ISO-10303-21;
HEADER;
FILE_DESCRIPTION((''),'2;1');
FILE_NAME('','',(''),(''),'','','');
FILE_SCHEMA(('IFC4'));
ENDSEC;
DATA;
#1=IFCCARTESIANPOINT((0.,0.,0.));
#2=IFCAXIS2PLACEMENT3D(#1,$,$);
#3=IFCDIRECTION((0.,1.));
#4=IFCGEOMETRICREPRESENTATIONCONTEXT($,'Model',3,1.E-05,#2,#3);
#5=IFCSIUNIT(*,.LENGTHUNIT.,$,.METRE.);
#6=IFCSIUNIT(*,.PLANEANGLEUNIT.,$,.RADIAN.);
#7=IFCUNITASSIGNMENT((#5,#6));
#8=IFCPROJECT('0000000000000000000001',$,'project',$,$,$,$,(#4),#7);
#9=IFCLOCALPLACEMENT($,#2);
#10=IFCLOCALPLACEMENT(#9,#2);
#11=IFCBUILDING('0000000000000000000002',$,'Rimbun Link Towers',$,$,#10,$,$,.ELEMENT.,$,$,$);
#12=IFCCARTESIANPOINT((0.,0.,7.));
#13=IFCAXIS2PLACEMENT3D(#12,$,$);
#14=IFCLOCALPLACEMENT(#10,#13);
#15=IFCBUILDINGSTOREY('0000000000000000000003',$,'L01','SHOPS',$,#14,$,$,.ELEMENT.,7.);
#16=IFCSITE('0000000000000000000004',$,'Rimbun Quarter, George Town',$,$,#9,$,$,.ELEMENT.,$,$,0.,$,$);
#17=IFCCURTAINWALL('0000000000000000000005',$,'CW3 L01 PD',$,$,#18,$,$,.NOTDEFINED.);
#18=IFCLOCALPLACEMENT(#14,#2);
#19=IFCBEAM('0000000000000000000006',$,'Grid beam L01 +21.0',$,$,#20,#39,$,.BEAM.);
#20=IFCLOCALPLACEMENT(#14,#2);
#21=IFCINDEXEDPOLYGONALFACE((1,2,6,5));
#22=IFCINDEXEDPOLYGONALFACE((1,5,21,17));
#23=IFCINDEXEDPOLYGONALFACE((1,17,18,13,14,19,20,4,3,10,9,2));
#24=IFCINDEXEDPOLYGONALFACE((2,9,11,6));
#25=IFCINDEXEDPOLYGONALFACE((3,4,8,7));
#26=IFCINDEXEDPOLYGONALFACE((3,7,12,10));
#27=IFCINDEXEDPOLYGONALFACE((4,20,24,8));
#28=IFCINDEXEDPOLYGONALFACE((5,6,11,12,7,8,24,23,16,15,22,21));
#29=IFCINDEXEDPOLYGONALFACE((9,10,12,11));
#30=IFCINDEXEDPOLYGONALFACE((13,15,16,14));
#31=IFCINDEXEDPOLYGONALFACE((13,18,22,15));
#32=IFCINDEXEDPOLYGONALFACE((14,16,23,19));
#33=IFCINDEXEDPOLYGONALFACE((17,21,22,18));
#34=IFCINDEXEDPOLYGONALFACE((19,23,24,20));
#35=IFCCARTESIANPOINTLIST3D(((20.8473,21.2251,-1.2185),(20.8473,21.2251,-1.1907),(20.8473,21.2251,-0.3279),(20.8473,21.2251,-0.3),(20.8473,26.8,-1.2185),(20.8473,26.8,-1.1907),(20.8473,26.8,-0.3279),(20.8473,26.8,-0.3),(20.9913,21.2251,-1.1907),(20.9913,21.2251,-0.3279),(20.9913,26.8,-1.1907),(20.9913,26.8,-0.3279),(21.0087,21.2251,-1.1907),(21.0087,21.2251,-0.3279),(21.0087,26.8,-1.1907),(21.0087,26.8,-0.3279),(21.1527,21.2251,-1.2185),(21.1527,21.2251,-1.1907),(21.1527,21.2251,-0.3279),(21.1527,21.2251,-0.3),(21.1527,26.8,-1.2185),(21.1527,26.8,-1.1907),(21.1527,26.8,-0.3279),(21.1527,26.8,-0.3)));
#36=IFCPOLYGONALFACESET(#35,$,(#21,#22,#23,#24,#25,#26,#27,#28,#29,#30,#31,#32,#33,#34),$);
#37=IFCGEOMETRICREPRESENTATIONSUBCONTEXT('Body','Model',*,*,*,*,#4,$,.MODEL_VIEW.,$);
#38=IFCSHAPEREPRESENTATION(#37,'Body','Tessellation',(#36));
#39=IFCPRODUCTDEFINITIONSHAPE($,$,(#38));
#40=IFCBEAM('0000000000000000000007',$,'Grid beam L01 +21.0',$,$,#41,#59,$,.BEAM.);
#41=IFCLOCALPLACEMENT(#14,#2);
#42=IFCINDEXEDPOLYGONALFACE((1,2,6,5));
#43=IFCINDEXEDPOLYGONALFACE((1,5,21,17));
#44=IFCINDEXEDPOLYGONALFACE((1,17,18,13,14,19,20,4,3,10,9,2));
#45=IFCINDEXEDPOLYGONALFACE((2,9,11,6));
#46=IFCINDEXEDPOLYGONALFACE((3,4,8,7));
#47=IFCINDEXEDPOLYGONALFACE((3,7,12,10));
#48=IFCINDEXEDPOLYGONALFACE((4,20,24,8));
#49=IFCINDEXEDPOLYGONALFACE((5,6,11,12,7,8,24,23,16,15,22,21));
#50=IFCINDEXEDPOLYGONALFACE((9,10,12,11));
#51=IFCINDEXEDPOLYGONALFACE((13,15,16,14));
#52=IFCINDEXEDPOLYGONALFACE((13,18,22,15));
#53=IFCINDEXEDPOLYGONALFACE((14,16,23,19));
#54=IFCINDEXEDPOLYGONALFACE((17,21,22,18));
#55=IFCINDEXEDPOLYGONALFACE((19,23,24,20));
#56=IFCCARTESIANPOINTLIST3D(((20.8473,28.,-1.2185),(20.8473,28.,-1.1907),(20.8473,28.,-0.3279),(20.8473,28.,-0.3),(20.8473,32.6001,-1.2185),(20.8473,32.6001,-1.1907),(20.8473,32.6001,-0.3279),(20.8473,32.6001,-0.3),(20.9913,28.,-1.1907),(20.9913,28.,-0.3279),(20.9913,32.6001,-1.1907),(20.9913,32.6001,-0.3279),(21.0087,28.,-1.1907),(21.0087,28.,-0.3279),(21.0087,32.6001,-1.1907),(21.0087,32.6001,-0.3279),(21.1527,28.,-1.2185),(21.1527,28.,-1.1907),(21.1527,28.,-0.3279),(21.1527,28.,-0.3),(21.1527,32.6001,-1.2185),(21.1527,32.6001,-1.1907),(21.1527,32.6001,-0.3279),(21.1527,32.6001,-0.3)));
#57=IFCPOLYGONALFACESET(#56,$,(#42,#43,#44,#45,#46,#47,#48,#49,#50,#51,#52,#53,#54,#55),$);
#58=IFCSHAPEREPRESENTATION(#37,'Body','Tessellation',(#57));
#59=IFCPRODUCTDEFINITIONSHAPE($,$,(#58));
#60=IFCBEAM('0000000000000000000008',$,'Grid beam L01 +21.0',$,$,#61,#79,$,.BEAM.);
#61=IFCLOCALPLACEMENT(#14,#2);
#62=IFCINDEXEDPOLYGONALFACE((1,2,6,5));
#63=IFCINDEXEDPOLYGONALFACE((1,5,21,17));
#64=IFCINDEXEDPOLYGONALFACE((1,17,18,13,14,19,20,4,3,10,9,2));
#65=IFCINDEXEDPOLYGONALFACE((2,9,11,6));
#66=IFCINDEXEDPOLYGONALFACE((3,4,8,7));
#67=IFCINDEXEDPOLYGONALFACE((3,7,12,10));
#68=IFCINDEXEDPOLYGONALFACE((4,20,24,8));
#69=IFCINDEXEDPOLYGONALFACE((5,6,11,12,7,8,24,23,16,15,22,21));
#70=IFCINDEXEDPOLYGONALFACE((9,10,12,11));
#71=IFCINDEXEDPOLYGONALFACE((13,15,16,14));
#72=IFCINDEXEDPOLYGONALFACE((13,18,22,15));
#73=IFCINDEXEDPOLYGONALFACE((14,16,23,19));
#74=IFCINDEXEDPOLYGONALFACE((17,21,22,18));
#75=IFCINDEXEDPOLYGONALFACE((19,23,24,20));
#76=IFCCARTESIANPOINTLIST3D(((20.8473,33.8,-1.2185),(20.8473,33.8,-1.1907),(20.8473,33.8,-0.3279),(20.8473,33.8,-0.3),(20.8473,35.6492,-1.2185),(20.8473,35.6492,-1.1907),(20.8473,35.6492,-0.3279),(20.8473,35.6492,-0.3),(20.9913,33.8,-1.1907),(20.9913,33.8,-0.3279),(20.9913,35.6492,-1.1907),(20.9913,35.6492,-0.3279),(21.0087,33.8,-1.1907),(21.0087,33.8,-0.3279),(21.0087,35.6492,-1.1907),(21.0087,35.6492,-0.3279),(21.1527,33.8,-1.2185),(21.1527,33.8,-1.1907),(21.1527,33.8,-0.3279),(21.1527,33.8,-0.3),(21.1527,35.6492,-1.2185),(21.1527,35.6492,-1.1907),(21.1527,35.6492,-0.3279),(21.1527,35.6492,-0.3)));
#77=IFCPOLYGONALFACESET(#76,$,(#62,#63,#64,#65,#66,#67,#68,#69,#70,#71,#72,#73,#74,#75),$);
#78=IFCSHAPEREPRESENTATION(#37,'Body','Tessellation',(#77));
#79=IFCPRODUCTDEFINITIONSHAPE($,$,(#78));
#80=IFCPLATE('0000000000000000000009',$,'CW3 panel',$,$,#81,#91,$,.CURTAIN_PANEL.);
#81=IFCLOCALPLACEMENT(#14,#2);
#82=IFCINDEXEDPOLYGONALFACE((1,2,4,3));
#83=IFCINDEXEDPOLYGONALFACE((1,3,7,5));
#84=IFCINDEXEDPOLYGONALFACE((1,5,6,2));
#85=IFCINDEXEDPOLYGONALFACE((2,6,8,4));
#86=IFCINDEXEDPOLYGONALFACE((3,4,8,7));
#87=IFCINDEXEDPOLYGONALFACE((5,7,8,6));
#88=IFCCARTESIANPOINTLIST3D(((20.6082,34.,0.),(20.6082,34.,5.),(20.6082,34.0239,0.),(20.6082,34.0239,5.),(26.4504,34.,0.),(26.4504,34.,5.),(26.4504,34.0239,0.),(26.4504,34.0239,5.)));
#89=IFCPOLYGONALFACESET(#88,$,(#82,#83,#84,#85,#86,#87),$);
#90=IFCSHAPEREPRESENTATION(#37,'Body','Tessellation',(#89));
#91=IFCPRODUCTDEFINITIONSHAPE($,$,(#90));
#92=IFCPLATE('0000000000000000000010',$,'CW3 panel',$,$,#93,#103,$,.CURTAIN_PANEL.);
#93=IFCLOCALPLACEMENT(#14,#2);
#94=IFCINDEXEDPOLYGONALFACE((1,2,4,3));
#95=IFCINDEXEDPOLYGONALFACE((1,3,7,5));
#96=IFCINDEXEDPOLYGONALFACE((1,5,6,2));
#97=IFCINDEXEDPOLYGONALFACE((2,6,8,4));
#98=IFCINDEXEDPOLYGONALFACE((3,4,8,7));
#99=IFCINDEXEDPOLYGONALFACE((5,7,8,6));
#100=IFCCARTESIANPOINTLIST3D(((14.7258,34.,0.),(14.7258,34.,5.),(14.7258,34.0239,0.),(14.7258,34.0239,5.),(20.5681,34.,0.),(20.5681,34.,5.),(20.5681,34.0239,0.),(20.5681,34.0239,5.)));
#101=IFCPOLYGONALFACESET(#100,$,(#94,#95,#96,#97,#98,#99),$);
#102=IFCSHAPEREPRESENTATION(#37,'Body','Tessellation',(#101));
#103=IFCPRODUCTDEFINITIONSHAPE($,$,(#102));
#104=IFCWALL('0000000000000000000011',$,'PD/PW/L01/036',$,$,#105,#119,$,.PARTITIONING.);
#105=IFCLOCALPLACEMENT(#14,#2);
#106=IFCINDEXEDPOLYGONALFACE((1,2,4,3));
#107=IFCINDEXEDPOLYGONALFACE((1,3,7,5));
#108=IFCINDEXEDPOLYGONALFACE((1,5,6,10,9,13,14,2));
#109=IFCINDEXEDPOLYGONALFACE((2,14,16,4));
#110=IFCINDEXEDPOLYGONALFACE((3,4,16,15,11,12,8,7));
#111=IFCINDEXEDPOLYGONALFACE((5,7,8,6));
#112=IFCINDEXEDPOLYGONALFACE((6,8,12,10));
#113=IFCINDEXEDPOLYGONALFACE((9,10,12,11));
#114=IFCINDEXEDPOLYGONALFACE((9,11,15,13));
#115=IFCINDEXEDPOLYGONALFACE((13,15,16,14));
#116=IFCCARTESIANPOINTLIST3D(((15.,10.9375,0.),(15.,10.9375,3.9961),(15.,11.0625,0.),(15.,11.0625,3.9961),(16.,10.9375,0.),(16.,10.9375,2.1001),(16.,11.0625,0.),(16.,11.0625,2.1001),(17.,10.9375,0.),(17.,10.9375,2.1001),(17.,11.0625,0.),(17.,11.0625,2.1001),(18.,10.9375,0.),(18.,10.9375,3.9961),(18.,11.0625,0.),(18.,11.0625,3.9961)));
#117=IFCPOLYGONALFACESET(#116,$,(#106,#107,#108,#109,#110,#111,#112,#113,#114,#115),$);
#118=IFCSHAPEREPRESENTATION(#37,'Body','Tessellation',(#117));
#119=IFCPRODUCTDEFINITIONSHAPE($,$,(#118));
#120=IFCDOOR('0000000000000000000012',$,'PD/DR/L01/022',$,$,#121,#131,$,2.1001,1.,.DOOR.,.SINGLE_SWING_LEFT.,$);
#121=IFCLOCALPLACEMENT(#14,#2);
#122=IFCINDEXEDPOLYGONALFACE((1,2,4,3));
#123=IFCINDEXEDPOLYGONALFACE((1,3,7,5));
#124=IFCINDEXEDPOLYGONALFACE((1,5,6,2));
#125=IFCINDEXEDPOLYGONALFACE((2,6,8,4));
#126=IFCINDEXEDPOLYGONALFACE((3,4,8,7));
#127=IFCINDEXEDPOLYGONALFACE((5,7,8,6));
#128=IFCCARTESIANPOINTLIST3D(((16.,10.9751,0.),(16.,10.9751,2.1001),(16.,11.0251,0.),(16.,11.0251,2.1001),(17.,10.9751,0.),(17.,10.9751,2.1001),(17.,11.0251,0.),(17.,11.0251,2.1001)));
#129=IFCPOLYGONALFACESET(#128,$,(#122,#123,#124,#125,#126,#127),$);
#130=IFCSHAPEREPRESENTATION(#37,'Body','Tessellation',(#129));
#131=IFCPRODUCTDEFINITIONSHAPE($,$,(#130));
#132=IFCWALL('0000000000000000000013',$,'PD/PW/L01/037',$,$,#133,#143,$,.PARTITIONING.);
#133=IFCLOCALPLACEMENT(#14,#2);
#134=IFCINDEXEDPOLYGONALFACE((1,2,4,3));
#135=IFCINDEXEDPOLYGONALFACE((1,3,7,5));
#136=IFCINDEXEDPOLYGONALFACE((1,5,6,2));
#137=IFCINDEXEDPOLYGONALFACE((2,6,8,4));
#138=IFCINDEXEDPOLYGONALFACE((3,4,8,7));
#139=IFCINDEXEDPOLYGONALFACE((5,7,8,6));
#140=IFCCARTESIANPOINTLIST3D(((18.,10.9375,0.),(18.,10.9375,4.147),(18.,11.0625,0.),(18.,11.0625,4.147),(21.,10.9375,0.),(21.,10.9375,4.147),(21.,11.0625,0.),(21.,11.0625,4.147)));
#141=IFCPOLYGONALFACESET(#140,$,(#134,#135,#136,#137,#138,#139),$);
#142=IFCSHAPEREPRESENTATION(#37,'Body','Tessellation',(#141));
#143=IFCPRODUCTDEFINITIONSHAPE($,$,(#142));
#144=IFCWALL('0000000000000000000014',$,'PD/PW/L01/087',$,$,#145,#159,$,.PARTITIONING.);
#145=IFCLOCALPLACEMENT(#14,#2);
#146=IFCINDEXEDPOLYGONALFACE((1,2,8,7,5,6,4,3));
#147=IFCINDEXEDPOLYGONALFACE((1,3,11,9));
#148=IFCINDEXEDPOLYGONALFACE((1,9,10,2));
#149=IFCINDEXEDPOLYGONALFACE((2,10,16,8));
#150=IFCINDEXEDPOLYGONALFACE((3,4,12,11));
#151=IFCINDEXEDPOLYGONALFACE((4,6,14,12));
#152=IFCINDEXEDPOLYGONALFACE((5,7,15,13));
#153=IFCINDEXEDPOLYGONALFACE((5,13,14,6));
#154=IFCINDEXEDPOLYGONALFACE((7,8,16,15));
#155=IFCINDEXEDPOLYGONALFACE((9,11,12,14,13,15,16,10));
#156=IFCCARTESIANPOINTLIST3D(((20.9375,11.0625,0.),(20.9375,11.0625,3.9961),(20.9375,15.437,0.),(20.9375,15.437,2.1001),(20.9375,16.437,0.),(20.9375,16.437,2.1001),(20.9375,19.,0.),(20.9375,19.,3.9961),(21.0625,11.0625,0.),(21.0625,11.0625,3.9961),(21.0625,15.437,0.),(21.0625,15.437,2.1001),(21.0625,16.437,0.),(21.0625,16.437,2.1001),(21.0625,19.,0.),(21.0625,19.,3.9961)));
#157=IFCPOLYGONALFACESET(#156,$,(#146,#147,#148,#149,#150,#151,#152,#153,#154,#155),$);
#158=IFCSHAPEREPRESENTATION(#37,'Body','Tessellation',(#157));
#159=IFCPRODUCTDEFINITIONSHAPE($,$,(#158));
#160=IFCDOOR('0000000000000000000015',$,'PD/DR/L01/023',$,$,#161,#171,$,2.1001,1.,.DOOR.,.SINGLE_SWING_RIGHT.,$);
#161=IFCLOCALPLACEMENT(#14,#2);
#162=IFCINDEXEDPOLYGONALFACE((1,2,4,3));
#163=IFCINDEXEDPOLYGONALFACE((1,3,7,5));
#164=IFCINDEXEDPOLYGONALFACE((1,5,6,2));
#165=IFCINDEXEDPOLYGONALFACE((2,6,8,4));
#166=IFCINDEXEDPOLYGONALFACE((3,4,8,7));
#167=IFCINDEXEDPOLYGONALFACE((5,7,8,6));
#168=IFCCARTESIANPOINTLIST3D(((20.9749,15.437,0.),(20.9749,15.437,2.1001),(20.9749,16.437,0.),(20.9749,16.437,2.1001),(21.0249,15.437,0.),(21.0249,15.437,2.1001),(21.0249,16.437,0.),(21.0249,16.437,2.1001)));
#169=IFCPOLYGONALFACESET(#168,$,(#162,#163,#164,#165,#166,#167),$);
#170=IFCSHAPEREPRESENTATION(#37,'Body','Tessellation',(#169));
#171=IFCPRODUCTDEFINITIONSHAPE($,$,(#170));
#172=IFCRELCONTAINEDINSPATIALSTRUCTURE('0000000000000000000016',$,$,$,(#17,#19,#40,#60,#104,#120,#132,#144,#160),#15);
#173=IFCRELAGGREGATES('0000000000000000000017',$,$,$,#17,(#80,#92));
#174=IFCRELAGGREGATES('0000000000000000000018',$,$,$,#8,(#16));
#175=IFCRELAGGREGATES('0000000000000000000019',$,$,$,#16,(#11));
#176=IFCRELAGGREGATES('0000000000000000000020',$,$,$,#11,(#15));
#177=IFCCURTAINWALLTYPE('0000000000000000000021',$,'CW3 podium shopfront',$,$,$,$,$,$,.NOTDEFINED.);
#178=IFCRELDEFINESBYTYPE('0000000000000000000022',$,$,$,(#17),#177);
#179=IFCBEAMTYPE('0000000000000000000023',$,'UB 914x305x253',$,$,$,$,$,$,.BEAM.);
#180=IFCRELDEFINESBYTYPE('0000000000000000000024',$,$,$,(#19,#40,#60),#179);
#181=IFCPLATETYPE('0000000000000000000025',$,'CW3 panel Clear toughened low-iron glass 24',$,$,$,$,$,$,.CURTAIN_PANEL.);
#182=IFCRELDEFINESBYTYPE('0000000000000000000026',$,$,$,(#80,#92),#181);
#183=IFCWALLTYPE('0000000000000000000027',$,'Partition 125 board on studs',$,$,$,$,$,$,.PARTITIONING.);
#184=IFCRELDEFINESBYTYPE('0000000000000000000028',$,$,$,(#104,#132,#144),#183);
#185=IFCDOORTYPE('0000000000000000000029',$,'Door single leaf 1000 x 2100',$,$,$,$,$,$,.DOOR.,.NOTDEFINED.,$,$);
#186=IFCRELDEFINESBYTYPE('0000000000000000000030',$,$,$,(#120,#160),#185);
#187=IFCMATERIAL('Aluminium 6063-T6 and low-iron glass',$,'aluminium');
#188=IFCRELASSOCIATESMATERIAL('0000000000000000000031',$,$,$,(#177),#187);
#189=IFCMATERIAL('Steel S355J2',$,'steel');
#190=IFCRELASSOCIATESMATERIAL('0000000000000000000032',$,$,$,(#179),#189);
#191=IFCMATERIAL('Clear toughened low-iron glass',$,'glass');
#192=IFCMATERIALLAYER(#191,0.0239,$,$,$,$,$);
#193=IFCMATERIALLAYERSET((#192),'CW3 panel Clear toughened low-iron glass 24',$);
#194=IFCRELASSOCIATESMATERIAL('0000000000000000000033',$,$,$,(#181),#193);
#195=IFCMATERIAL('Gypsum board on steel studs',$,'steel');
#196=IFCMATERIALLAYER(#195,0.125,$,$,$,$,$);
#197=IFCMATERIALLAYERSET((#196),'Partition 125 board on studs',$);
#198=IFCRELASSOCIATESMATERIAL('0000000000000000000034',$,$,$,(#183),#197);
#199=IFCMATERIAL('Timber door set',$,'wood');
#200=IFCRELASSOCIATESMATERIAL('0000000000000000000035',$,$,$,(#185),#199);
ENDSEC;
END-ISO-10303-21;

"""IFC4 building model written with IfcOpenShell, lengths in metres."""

from ifc_helpers import new_model, si_unit, direction, frame, frame_2d, origin, origin_2d, place, context, subcontext, project, spatial, rectangle, i_section, extrude, material, layer, layer_set, material_profile, profile_set, type_object, element, fill, aggregate, save


model = new_model("IFC4")

# Units and contexts
model_context = context("Model", 3, precision=1e-05, world=origin(), true_north=direction((0.0, 1.0)))
body_context = subcontext(model_context, "Body", "Model", "MODEL_VIEW")
ifc_project = project(units=[si_unit("LENGTHUNIT", "METRE"), si_unit("PLANEANGLEUNIT", "RADIAN")], contexts=[model_context])

# Site, building, storey
site_placement = place(None, origin())
site = spatial("IfcSite", under=ifc_project, at=site_placement, Name="Rimbun Quarter, George Town", CompositionType="ELEMENT", RefElevation=0.0)
building_placement = place(site_placement, origin())
building = spatial("IfcBuilding", under=site, at=building_placement, Name="Rimbun Link Towers", CompositionType="ELEMENT")
storey_placement = place(building_placement, frame((0.0, 0.0, 7.0)))
storey = spatial("IfcBuildingStorey", under=building, at=storey_placement, Name="L01", Description="SHOPS", CompositionType="ELEMENT", Elevation=7.0)

# Curtain wall
ifc_material_1 = material(Name="Aluminium 6063-T6 and low-iron glass", Category="aluminium")
curtain_wall_type = type_object("IfcCurtainWallType", Name="CW3 podium shopfront", PredefinedType="NOTDEFINED", material=ifc_material_1)
curtain_wall_placement = place(storey_placement, origin())
curtain_wall = element("IfcCurtainWall", 1, at=curtain_wall_placement, inside=storey, type_object=curtain_wall_type, Name="CW3 L01 PD", PredefinedType="NOTDEFINED")

# Beams
ifc_material_2 = material(Name="Steel S355J2", Category="steel")
ifc_material_profile_1 = material_profile(ifc_material_2, i_section(OverallWidth=0.3054, OverallDepth=0.9185, WebThickness=0.0173, FlangeThickness=0.0278, at=origin_2d()), Name="UB 914x305x253")
ifc_profile_set_1 = profile_set([ifc_material_profile_1], Name="Steel S355J2")
beam_type_1 = type_object("IfcBeamType", Name="UB 914x305x253", PredefinedType="BEAM", material=ifc_profile_set_1)
beam_1_placement = place(storey_placement, frame((21.0, 21.2251, -0.7593), z_axis=(0.0, 1.0, 0.0), x_axis=(-1.0, 0.0, 0.0)))
element("IfcBeam", 2, at=beam_1_placement, inside=storey, type_object=beam_type_1, Name="Grid beam L01 +21.0", PredefinedType="BEAM", context=body_context, shape_type="SweptSolid", body=[
    extrude(i_section(OverallWidth=0.3054, OverallDepth=0.9185, WebThickness=0.0173, FlangeThickness=0.0278, at=origin_2d()), origin(), (0.0, 0.0, 1.0), 5.575),
])
beam_2_placement = place(storey_placement, frame((21.0, 28.0, -0.7593), z_axis=(0.0, 1.0, 0.0), x_axis=(-1.0, 0.0, 0.0)))
element("IfcBeam", 3, at=beam_2_placement, inside=storey, type_object=beam_type_1, Name="Grid beam L01 +21.0", PredefinedType="BEAM", context=body_context, shape_type="SweptSolid", body=[
    extrude(i_section(OverallWidth=0.3054, OverallDepth=0.9185, WebThickness=0.0173, FlangeThickness=0.0278, at=origin_2d()), origin(), (0.0, 0.0, 1.0), 4.6001),
])
beam_3_placement = place(storey_placement, frame((21.0, 33.8, -0.7593), z_axis=(0.0, 1.0, 0.0), x_axis=(-1.0, 0.0, 0.0)))
element("IfcBeam", 4, at=beam_3_placement, inside=storey, type_object=beam_type_1, Name="Grid beam L01 +21.0", PredefinedType="BEAM", context=body_context, shape_type="SweptSolid", body=[
    extrude(i_section(OverallWidth=0.3054, OverallDepth=0.9185, WebThickness=0.0173, FlangeThickness=0.0278, at=origin_2d()), origin(), (0.0, 0.0, 1.0), 1.8491),
])

# Plates
ifc_material_3 = material(Name="Clear toughened low-iron glass", Category="glass")
ifc_layer_1 = layer(ifc_material_3, 0.0239)
ifc_layer_set_1 = layer_set([ifc_layer_1], Name="CW3 panel Clear toughened low-iron glass 24")
plate_type = type_object("IfcPlateType", Name="CW3 panel Clear toughened low-iron glass 24", PredefinedType="CURTAIN_PANEL", material=ifc_layer_set_1)
plate_1_placement = place(storey_placement, frame((23.5293, 34.012, 0.0), z_axis=(0.0, 0.0, 1.0), x_axis=(1.0, 0.0, 0.0)))
plate_1 = element("IfcPlate", 5, at=plate_1_placement, type_object=plate_type, Name="CW3 panel", PredefinedType="CURTAIN_PANEL", context=body_context, shape_type="SweptSolid", body=[
    extrude(rectangle(XDim=5.8423, YDim=0.0239, at=origin_2d()), origin(), (0.0, 0.0, 1.0), 5.0),
])
plate_2_placement = place(storey_placement, frame((17.647, 34.012, 0.0), z_axis=(0.0, 0.0, 1.0), x_axis=(1.0, 0.0, 0.0)))
plate_2 = element("IfcPlate", 6, at=plate_2_placement, type_object=plate_type, Name="CW3 panel", PredefinedType="CURTAIN_PANEL", context=body_context, shape_type="SweptSolid", body=[
    extrude(rectangle(XDim=5.8423, YDim=0.0239, at=origin_2d()), origin(), (0.0, 0.0, 1.0), 5.0),
])
aggregate(curtain_wall, [plate_1, plate_2])

# Wall, opening, door
ifc_material_4 = material(Name="Gypsum board on steel studs", Category="steel")
ifc_layer_2 = layer(ifc_material_4, 0.125)
ifc_layer_set_2 = layer_set([ifc_layer_2], Name="Partition 125 board on studs")
wall_type = type_object("IfcWallType", Name="Partition 125 board on studs", PredefinedType="PARTITIONING", material=ifc_layer_set_2)
wall_1_placement = place(storey_placement, frame((18.0, 11.0, 0.0), z_axis=(0.0, 0.0, 1.0), x_axis=(-1.0, 0.0, 0.0)))
wall_1 = element("IfcWall", 7, at=wall_1_placement, inside=storey, type_object=wall_type, Name="PD/PW/L01/036", PredefinedType="PARTITIONING", context=body_context, shape_type="SweptSolid", body=[
    extrude(rectangle(XDim=3.0, YDim=0.125, at=frame_2d((1.5, 0.0))), origin(), (0.0, 0.0, 1.0), 3.9961),
])
opening_1_placement = place(wall_1_placement, frame((1.0, 0.0, 0.0)))
opening_1 = element("IfcOpeningElement", 8, at=opening_1_placement, cuts=wall_1, PredefinedType="OPENING", context=body_context, shape_type="SweptSolid", body=[
    extrude(rectangle(XDim=1.0, YDim=2.1001, at=frame_2d((0.5, 1.05))), frame((0.0, 0.0725, 0.0), z_axis=(0.0, -1.0, 0.0), x_axis=(1.0, 0.0, 0.0)), (0.0, 0.0, 1.0), 0.145),
])
ifc_material_5 = material(Name="Timber door set", Category="wood")
door_type = type_object("IfcDoorType", Name="Door single leaf 1000 x 2100", OperationType="NOTDEFINED", PredefinedType="DOOR", material=ifc_material_5)
door_1_placement = place(opening_1_placement, origin())
door_1 = element("IfcDoor", 9, at=door_1_placement, inside=storey, type_object=door_type, Name="PD/DR/L01/022", OperationType="SINGLE_SWING_LEFT", OverallHeight=2.1001, OverallWidth=1.0, PredefinedType="DOOR", context=body_context, shape_type="SweptSolid", body=[
    extrude(rectangle(XDim=1.0, YDim=2.1001, at=frame_2d((0.5, 1.05))), frame((0.0, 0.0249, 0.0), z_axis=(0.0, -1.0, 0.0), x_axis=(1.0, 0.0, 0.0)), (0.0, 0.0, 1.0), 0.05),
])
fill(opening_1, door_1)

# Wall
wall_2_placement = place(storey_placement, frame((21.0, 11.0, 0.0), z_axis=(0.0, 0.0, 1.0), x_axis=(-1.0, 0.0, 0.0)))
element("IfcWall", 10, at=wall_2_placement, inside=storey, type_object=wall_type, Name="PD/PW/L01/037", PredefinedType="PARTITIONING", context=body_context, shape_type="SweptSolid", body=[
    extrude(rectangle(XDim=3.0, YDim=0.125, at=frame_2d((1.5, 0.0))), origin(), (0.0, 0.0, 1.0), 4.147),
])

# Wall, opening, door
wall_3_placement = place(storey_placement, frame((21.0, 19.0, 0.0), z_axis=(0.0, 0.0, 1.0), x_axis=(0.0, -1.0, 0.0)))
wall_3 = element("IfcWall", 11, at=wall_3_placement, inside=storey, type_object=wall_type, Name="PD/PW/L01/087", PredefinedType="PARTITIONING", context=body_context, shape_type="SweptSolid", body=[
    extrude(rectangle(XDim=7.9375, YDim=0.125, at=frame_2d((3.9688, 0.0))), origin(), (0.0, 0.0, 1.0), 3.9961),
])
opening_2_placement = place(wall_3_placement, frame((2.563, 0.0, 0.0)))
opening_2 = element("IfcOpeningElement", 12, at=opening_2_placement, cuts=wall_3, PredefinedType="OPENING", context=body_context, shape_type="SweptSolid", body=[
    extrude(rectangle(XDim=1.0, YDim=2.1001, at=frame_2d((0.5, 1.05))), frame((0.0, 0.0725, 0.0), z_axis=(0.0, -1.0, 0.0), x_axis=(1.0, 0.0, 0.0)), (0.0, 0.0, 1.0), 0.145),
])
door_2_placement = place(opening_2_placement, origin())
door_2 = element("IfcDoor", 13, at=door_2_placement, inside=storey, type_object=door_type, Name="PD/DR/L01/023", OperationType="SINGLE_SWING_RIGHT", OverallHeight=2.1001, OverallWidth=1.0, PredefinedType="DOOR", context=body_context, shape_type="SweptSolid", body=[
    extrude(rectangle(XDim=1.0, YDim=2.1001, at=frame_2d((0.5, 1.05))), frame((0.0, 0.0249, 0.0), z_axis=(0.0, -1.0, 0.0), x_axis=(1.0, 0.0, 0.0)), (0.0, 0.0, 1.0), 0.05),
])
fill(opening_2, door_2)

save(model, "model.ifc")
